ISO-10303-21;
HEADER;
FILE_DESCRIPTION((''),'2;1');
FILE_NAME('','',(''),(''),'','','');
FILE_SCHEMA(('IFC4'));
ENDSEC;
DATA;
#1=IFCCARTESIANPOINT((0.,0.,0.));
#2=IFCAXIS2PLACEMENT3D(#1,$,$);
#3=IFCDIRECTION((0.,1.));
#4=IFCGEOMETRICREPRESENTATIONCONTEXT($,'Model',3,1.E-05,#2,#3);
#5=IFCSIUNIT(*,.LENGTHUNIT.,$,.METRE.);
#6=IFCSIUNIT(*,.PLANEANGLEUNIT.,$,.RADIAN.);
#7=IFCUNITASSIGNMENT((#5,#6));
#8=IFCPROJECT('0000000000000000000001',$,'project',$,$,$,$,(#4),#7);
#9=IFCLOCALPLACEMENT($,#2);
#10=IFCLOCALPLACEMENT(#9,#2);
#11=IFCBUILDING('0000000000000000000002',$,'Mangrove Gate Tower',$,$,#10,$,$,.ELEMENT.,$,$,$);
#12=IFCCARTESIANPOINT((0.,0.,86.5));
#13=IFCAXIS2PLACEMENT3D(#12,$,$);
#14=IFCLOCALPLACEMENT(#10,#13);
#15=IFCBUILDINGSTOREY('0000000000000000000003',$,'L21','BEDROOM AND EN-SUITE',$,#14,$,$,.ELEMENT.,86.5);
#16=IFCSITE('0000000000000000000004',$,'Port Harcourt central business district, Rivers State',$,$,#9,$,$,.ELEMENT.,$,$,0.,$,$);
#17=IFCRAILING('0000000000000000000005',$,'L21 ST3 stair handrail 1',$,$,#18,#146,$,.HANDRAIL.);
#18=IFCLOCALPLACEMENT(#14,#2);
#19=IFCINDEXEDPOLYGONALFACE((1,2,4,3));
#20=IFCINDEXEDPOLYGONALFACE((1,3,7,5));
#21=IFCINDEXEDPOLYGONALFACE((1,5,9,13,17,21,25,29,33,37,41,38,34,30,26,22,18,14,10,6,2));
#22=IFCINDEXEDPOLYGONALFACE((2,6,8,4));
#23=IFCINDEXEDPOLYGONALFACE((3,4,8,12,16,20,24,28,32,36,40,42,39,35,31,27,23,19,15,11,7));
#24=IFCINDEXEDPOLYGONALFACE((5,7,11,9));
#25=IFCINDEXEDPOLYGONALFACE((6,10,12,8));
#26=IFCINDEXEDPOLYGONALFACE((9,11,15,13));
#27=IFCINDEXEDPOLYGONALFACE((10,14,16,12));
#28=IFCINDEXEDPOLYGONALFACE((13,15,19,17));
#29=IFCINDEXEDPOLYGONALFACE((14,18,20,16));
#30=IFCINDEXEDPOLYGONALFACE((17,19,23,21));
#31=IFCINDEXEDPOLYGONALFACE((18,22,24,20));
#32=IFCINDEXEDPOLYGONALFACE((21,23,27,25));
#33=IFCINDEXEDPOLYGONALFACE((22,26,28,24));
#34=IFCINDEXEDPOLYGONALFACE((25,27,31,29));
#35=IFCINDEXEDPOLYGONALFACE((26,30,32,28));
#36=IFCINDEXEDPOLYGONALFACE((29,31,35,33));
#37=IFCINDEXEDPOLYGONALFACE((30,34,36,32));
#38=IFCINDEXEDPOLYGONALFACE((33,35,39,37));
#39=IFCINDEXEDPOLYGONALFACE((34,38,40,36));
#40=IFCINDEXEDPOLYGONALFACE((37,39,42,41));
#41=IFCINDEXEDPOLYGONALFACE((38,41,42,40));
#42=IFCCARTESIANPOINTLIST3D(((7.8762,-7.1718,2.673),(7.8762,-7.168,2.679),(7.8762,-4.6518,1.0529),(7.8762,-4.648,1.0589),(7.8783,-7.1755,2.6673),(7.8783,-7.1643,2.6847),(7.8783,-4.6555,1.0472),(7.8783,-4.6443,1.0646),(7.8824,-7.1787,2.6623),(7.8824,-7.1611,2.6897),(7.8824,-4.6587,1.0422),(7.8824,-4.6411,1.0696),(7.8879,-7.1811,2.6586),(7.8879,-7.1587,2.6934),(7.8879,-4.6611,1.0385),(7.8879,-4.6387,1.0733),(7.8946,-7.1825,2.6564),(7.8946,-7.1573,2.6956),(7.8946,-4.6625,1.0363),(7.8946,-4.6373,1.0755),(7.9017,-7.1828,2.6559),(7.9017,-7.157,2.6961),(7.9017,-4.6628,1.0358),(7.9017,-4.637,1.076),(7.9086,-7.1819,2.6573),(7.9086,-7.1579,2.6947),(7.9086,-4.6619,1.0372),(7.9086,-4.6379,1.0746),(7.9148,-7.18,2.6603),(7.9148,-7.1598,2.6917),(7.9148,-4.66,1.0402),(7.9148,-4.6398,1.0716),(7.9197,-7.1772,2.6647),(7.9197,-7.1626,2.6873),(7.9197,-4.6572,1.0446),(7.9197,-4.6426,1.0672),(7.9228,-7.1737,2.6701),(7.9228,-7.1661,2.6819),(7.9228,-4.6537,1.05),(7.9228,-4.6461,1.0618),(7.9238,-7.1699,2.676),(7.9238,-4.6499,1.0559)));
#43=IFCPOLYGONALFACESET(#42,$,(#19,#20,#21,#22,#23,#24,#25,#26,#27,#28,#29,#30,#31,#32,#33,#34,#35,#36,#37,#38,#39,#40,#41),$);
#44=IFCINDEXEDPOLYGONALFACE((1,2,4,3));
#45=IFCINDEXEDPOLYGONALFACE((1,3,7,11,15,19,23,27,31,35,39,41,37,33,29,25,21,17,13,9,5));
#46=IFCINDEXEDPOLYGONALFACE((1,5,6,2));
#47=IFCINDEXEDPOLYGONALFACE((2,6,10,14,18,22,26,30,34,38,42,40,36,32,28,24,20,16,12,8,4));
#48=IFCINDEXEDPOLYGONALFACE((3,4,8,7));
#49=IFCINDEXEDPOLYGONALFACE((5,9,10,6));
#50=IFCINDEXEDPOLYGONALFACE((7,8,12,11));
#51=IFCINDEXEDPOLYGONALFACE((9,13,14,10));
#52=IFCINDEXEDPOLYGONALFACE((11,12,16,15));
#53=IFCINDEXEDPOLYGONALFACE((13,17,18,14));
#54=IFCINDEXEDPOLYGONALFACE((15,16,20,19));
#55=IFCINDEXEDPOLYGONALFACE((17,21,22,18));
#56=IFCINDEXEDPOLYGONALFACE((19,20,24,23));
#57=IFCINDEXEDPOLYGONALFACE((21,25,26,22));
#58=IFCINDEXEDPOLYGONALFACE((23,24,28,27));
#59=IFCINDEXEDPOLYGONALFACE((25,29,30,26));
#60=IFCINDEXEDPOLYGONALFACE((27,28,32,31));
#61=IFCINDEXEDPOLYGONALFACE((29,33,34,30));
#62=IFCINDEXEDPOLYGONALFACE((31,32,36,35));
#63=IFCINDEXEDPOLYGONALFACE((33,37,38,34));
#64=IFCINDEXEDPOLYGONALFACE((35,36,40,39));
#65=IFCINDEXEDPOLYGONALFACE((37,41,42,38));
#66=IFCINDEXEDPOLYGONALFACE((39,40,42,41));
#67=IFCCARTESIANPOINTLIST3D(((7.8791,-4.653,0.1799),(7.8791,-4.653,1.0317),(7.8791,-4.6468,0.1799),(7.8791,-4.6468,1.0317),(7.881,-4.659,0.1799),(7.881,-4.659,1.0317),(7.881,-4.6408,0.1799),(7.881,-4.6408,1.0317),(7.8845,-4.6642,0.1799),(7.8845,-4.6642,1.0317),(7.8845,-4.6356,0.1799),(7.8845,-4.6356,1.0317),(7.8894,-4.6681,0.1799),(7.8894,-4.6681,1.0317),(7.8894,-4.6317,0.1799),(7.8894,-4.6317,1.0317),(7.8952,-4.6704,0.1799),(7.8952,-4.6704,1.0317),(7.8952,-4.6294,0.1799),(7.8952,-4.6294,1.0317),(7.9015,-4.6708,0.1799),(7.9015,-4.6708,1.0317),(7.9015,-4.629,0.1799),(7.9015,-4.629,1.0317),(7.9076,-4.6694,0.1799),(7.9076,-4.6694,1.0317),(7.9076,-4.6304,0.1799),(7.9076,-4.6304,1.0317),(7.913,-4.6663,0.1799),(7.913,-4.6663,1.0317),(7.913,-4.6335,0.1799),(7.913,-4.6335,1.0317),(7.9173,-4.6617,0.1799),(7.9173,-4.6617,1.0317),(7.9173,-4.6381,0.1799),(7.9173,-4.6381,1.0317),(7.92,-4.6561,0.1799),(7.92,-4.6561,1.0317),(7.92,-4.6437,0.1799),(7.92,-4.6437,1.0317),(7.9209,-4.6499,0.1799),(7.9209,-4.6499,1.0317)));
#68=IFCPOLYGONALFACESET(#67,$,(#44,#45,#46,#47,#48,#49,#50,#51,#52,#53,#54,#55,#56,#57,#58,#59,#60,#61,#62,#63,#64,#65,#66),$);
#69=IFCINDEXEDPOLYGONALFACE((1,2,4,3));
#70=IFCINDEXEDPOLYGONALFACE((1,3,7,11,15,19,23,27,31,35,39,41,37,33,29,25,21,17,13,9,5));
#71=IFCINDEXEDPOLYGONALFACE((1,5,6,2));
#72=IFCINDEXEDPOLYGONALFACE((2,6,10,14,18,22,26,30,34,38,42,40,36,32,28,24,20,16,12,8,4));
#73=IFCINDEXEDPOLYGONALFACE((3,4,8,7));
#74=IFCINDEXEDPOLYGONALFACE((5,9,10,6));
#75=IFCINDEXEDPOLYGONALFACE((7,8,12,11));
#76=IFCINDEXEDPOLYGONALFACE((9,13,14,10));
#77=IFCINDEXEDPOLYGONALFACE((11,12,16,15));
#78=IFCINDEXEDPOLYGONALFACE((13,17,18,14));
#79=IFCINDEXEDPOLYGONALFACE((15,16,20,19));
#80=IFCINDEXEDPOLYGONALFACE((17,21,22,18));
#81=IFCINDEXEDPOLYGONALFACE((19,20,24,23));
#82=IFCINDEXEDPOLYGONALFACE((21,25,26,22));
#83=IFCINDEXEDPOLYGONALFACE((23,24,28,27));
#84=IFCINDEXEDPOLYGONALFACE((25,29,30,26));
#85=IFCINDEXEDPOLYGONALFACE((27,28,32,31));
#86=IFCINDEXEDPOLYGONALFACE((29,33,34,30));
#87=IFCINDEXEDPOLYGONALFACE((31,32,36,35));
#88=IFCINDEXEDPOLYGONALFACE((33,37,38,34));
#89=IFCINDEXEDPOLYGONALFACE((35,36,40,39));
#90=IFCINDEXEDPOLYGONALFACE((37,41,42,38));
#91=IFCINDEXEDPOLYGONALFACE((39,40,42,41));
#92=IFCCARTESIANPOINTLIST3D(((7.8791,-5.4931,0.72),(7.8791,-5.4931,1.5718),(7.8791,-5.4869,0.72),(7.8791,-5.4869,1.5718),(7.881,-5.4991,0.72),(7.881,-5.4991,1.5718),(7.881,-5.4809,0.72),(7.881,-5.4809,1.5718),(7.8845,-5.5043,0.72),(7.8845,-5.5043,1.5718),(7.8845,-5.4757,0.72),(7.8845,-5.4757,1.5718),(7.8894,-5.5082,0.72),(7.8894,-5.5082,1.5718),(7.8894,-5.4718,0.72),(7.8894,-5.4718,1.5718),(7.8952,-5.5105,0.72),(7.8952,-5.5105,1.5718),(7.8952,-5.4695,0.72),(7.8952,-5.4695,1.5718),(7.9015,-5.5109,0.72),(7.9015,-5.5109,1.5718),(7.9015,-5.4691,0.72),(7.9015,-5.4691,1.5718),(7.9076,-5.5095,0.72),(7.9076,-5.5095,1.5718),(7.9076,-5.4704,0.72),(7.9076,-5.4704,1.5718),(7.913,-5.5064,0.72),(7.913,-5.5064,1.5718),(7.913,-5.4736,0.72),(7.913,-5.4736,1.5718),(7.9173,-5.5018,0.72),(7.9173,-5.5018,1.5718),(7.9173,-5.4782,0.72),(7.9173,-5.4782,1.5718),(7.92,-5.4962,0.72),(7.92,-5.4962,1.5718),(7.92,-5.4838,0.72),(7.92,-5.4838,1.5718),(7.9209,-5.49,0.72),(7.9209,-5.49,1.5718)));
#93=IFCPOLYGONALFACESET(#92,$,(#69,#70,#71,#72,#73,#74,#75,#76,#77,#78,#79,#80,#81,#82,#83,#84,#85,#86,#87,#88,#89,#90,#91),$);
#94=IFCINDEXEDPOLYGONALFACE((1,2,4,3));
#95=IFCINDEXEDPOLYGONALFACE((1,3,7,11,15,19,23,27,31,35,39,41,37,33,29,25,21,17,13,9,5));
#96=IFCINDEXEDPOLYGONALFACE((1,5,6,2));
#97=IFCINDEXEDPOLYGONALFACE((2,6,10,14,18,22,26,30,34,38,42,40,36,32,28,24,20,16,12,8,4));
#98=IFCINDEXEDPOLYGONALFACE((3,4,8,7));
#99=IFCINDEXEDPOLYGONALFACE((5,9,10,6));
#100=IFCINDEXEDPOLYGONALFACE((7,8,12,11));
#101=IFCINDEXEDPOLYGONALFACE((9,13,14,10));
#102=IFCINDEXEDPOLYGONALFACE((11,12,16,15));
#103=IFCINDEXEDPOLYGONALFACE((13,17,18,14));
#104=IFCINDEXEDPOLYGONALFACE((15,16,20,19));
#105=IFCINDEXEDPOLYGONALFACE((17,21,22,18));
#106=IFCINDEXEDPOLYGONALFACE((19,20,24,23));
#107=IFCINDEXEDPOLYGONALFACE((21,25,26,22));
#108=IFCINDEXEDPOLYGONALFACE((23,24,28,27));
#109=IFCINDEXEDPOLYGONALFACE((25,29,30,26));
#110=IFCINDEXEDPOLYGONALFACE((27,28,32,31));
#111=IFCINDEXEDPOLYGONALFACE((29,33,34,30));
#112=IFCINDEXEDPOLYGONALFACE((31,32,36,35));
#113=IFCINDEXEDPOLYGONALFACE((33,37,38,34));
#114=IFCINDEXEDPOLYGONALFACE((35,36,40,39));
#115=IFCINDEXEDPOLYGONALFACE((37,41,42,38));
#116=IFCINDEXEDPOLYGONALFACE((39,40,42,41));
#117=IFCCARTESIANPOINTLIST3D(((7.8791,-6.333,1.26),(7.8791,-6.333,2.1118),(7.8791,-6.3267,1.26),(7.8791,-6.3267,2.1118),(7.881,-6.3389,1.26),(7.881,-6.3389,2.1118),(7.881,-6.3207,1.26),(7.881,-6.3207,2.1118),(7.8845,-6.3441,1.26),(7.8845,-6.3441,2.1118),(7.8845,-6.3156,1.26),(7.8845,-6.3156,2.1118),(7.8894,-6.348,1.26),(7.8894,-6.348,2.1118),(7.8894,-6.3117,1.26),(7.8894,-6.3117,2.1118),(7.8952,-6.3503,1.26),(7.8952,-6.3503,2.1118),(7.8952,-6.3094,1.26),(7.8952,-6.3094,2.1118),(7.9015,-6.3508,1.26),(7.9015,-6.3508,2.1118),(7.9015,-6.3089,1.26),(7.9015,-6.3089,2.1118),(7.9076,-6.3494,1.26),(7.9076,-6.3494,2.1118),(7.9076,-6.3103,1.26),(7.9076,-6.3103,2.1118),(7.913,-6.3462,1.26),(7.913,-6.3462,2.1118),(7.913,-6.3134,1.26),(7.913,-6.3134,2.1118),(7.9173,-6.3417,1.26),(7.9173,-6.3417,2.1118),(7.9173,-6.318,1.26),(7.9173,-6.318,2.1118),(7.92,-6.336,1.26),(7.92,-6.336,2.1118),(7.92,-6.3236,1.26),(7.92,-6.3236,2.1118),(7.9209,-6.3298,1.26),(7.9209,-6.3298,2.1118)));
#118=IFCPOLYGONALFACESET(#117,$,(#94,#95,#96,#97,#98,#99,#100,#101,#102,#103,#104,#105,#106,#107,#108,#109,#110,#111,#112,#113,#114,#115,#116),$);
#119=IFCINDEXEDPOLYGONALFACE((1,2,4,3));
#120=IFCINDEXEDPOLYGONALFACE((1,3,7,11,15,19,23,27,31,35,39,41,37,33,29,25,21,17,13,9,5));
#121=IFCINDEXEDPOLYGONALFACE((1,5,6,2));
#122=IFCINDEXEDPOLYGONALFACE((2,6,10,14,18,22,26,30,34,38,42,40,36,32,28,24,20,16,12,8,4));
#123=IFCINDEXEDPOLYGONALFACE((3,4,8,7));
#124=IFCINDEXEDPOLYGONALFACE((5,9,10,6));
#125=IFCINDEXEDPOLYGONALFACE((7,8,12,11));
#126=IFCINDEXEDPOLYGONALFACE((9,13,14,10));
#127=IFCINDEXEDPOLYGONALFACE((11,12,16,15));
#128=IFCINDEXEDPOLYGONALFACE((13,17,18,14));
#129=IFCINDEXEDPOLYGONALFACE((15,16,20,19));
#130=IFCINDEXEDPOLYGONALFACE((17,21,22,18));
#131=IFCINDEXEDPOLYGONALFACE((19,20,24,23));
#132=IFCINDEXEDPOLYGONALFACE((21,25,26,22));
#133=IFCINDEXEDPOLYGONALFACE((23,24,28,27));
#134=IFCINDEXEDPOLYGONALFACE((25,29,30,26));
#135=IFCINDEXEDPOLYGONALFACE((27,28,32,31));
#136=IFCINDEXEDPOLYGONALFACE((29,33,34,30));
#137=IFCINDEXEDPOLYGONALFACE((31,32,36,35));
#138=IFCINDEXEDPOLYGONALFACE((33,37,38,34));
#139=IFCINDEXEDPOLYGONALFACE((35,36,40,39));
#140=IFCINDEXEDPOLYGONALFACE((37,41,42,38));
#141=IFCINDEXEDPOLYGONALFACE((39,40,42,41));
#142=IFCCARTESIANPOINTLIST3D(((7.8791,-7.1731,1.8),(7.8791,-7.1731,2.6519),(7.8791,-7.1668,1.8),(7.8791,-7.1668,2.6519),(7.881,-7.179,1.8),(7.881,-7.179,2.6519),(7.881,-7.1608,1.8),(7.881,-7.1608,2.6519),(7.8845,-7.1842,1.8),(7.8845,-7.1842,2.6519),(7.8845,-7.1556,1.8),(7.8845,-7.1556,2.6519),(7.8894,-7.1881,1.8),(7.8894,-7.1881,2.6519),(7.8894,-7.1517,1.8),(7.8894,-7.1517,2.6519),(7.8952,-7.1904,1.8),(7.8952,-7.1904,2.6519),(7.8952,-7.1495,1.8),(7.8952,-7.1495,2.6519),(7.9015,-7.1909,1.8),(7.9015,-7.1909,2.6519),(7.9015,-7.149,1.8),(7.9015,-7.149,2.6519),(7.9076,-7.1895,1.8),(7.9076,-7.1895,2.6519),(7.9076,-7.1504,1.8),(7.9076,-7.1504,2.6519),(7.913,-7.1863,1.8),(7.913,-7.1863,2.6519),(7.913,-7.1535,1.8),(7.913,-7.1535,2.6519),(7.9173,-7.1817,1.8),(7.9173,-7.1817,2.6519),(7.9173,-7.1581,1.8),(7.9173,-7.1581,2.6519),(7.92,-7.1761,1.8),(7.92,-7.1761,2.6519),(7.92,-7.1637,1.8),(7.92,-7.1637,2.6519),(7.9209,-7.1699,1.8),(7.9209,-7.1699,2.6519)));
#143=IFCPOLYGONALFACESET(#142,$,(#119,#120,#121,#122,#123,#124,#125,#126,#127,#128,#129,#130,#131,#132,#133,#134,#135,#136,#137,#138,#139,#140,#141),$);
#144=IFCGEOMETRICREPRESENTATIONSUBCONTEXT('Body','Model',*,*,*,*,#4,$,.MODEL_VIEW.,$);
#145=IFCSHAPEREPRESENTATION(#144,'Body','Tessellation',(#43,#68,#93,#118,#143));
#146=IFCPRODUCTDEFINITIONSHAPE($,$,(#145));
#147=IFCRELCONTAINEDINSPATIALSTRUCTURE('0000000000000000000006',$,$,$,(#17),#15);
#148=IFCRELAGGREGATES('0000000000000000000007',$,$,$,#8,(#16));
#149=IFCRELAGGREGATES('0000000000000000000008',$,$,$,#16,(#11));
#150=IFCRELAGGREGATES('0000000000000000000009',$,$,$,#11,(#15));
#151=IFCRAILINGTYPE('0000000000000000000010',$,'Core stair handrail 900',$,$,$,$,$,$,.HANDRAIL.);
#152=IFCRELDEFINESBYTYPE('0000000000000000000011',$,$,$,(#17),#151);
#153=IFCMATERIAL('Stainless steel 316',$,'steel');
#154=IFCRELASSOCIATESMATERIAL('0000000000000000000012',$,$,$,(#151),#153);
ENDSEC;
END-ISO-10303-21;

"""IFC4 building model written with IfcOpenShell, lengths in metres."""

from ifc_helpers import new_model, si_unit, direction, frame, origin, origin_2d, place, context, subcontext, project, spatial, circle, extrude, material, type_object, element, save


model = new_model("IFC4")

# Units and contexts
model_context = context("Model", 3, precision=1e-05, world=origin(), true_north=direction((0.0, 1.0)))
body_context = subcontext(model_context, "Body", "Model", "MODEL_VIEW")
ifc_project = project(units=[si_unit("LENGTHUNIT", "METRE"), si_unit("PLANEANGLEUNIT", "RADIAN")], contexts=[model_context])

# Site, building, storey
site_placement = place(None, origin())
site = spatial("IfcSite", under=ifc_project, at=site_placement, Name="Port Harcourt central business district, Rivers State", CompositionType="ELEMENT", RefElevation=0.0)
building_placement = place(site_placement, origin())
building = spatial("IfcBuilding", under=site, at=building_placement, Name="Mangrove Gate Tower", CompositionType="ELEMENT")
storey_placement = place(building_placement, frame((0.0, 0.0, 86.5)))
storey = spatial("IfcBuildingStorey", under=building, at=storey_placement, Name="L21", Description="BEDROOM AND EN-SUITE", CompositionType="ELEMENT", Elevation=86.5)

# Railing
ifc_material_1 = material(Name="Stainless steel 316", Category="steel")
railing_type_1 = type_object("IfcRailingType", Name="Core stair handrail 900", PredefinedType="HANDRAIL", material=ifc_material_1)
railing_1_placement = place(storey_placement, frame((7.8999, -4.6499, 0.1799)))
element("IfcRailing", 1, at=railing_1_placement, inside=storey, type_object=railing_type_1, Name="L21 ST3 stair handrail 1", PredefinedType="HANDRAIL", context=body_context, shape_type="SweptSolid", body=[
    extrude(circle(Radius=0.0239, at=origin_2d()), frame((0.0, 0.0, 0.876), z_axis=(0.0, -0.841163, 0.540782), x_axis=(1.0, 0.0, 0.0)), (0.0, 0.0, 1.0), 2.9958),
    extrude(circle(Radius=0.021, at=origin_2d()), origin(), (0.0, 0.0, 1.0), 0.8518),
    extrude(circle(Radius=0.021, at=origin_2d()), frame((0.0, -0.8401, 0.54)), (0.0, 0.0, 1.0), 0.8518),
    extrude(circle(Radius=0.021, at=origin_2d()), frame((0.0, -1.6799, 1.0801)), (0.0, 0.0, 1.0), 0.8518),
    extrude(circle(Radius=0.021, at=origin_2d()), frame((0.0, -2.52, 1.6201)), (0.0, 0.0, 1.0), 0.8518),
])

save(model, "model.ifc")
